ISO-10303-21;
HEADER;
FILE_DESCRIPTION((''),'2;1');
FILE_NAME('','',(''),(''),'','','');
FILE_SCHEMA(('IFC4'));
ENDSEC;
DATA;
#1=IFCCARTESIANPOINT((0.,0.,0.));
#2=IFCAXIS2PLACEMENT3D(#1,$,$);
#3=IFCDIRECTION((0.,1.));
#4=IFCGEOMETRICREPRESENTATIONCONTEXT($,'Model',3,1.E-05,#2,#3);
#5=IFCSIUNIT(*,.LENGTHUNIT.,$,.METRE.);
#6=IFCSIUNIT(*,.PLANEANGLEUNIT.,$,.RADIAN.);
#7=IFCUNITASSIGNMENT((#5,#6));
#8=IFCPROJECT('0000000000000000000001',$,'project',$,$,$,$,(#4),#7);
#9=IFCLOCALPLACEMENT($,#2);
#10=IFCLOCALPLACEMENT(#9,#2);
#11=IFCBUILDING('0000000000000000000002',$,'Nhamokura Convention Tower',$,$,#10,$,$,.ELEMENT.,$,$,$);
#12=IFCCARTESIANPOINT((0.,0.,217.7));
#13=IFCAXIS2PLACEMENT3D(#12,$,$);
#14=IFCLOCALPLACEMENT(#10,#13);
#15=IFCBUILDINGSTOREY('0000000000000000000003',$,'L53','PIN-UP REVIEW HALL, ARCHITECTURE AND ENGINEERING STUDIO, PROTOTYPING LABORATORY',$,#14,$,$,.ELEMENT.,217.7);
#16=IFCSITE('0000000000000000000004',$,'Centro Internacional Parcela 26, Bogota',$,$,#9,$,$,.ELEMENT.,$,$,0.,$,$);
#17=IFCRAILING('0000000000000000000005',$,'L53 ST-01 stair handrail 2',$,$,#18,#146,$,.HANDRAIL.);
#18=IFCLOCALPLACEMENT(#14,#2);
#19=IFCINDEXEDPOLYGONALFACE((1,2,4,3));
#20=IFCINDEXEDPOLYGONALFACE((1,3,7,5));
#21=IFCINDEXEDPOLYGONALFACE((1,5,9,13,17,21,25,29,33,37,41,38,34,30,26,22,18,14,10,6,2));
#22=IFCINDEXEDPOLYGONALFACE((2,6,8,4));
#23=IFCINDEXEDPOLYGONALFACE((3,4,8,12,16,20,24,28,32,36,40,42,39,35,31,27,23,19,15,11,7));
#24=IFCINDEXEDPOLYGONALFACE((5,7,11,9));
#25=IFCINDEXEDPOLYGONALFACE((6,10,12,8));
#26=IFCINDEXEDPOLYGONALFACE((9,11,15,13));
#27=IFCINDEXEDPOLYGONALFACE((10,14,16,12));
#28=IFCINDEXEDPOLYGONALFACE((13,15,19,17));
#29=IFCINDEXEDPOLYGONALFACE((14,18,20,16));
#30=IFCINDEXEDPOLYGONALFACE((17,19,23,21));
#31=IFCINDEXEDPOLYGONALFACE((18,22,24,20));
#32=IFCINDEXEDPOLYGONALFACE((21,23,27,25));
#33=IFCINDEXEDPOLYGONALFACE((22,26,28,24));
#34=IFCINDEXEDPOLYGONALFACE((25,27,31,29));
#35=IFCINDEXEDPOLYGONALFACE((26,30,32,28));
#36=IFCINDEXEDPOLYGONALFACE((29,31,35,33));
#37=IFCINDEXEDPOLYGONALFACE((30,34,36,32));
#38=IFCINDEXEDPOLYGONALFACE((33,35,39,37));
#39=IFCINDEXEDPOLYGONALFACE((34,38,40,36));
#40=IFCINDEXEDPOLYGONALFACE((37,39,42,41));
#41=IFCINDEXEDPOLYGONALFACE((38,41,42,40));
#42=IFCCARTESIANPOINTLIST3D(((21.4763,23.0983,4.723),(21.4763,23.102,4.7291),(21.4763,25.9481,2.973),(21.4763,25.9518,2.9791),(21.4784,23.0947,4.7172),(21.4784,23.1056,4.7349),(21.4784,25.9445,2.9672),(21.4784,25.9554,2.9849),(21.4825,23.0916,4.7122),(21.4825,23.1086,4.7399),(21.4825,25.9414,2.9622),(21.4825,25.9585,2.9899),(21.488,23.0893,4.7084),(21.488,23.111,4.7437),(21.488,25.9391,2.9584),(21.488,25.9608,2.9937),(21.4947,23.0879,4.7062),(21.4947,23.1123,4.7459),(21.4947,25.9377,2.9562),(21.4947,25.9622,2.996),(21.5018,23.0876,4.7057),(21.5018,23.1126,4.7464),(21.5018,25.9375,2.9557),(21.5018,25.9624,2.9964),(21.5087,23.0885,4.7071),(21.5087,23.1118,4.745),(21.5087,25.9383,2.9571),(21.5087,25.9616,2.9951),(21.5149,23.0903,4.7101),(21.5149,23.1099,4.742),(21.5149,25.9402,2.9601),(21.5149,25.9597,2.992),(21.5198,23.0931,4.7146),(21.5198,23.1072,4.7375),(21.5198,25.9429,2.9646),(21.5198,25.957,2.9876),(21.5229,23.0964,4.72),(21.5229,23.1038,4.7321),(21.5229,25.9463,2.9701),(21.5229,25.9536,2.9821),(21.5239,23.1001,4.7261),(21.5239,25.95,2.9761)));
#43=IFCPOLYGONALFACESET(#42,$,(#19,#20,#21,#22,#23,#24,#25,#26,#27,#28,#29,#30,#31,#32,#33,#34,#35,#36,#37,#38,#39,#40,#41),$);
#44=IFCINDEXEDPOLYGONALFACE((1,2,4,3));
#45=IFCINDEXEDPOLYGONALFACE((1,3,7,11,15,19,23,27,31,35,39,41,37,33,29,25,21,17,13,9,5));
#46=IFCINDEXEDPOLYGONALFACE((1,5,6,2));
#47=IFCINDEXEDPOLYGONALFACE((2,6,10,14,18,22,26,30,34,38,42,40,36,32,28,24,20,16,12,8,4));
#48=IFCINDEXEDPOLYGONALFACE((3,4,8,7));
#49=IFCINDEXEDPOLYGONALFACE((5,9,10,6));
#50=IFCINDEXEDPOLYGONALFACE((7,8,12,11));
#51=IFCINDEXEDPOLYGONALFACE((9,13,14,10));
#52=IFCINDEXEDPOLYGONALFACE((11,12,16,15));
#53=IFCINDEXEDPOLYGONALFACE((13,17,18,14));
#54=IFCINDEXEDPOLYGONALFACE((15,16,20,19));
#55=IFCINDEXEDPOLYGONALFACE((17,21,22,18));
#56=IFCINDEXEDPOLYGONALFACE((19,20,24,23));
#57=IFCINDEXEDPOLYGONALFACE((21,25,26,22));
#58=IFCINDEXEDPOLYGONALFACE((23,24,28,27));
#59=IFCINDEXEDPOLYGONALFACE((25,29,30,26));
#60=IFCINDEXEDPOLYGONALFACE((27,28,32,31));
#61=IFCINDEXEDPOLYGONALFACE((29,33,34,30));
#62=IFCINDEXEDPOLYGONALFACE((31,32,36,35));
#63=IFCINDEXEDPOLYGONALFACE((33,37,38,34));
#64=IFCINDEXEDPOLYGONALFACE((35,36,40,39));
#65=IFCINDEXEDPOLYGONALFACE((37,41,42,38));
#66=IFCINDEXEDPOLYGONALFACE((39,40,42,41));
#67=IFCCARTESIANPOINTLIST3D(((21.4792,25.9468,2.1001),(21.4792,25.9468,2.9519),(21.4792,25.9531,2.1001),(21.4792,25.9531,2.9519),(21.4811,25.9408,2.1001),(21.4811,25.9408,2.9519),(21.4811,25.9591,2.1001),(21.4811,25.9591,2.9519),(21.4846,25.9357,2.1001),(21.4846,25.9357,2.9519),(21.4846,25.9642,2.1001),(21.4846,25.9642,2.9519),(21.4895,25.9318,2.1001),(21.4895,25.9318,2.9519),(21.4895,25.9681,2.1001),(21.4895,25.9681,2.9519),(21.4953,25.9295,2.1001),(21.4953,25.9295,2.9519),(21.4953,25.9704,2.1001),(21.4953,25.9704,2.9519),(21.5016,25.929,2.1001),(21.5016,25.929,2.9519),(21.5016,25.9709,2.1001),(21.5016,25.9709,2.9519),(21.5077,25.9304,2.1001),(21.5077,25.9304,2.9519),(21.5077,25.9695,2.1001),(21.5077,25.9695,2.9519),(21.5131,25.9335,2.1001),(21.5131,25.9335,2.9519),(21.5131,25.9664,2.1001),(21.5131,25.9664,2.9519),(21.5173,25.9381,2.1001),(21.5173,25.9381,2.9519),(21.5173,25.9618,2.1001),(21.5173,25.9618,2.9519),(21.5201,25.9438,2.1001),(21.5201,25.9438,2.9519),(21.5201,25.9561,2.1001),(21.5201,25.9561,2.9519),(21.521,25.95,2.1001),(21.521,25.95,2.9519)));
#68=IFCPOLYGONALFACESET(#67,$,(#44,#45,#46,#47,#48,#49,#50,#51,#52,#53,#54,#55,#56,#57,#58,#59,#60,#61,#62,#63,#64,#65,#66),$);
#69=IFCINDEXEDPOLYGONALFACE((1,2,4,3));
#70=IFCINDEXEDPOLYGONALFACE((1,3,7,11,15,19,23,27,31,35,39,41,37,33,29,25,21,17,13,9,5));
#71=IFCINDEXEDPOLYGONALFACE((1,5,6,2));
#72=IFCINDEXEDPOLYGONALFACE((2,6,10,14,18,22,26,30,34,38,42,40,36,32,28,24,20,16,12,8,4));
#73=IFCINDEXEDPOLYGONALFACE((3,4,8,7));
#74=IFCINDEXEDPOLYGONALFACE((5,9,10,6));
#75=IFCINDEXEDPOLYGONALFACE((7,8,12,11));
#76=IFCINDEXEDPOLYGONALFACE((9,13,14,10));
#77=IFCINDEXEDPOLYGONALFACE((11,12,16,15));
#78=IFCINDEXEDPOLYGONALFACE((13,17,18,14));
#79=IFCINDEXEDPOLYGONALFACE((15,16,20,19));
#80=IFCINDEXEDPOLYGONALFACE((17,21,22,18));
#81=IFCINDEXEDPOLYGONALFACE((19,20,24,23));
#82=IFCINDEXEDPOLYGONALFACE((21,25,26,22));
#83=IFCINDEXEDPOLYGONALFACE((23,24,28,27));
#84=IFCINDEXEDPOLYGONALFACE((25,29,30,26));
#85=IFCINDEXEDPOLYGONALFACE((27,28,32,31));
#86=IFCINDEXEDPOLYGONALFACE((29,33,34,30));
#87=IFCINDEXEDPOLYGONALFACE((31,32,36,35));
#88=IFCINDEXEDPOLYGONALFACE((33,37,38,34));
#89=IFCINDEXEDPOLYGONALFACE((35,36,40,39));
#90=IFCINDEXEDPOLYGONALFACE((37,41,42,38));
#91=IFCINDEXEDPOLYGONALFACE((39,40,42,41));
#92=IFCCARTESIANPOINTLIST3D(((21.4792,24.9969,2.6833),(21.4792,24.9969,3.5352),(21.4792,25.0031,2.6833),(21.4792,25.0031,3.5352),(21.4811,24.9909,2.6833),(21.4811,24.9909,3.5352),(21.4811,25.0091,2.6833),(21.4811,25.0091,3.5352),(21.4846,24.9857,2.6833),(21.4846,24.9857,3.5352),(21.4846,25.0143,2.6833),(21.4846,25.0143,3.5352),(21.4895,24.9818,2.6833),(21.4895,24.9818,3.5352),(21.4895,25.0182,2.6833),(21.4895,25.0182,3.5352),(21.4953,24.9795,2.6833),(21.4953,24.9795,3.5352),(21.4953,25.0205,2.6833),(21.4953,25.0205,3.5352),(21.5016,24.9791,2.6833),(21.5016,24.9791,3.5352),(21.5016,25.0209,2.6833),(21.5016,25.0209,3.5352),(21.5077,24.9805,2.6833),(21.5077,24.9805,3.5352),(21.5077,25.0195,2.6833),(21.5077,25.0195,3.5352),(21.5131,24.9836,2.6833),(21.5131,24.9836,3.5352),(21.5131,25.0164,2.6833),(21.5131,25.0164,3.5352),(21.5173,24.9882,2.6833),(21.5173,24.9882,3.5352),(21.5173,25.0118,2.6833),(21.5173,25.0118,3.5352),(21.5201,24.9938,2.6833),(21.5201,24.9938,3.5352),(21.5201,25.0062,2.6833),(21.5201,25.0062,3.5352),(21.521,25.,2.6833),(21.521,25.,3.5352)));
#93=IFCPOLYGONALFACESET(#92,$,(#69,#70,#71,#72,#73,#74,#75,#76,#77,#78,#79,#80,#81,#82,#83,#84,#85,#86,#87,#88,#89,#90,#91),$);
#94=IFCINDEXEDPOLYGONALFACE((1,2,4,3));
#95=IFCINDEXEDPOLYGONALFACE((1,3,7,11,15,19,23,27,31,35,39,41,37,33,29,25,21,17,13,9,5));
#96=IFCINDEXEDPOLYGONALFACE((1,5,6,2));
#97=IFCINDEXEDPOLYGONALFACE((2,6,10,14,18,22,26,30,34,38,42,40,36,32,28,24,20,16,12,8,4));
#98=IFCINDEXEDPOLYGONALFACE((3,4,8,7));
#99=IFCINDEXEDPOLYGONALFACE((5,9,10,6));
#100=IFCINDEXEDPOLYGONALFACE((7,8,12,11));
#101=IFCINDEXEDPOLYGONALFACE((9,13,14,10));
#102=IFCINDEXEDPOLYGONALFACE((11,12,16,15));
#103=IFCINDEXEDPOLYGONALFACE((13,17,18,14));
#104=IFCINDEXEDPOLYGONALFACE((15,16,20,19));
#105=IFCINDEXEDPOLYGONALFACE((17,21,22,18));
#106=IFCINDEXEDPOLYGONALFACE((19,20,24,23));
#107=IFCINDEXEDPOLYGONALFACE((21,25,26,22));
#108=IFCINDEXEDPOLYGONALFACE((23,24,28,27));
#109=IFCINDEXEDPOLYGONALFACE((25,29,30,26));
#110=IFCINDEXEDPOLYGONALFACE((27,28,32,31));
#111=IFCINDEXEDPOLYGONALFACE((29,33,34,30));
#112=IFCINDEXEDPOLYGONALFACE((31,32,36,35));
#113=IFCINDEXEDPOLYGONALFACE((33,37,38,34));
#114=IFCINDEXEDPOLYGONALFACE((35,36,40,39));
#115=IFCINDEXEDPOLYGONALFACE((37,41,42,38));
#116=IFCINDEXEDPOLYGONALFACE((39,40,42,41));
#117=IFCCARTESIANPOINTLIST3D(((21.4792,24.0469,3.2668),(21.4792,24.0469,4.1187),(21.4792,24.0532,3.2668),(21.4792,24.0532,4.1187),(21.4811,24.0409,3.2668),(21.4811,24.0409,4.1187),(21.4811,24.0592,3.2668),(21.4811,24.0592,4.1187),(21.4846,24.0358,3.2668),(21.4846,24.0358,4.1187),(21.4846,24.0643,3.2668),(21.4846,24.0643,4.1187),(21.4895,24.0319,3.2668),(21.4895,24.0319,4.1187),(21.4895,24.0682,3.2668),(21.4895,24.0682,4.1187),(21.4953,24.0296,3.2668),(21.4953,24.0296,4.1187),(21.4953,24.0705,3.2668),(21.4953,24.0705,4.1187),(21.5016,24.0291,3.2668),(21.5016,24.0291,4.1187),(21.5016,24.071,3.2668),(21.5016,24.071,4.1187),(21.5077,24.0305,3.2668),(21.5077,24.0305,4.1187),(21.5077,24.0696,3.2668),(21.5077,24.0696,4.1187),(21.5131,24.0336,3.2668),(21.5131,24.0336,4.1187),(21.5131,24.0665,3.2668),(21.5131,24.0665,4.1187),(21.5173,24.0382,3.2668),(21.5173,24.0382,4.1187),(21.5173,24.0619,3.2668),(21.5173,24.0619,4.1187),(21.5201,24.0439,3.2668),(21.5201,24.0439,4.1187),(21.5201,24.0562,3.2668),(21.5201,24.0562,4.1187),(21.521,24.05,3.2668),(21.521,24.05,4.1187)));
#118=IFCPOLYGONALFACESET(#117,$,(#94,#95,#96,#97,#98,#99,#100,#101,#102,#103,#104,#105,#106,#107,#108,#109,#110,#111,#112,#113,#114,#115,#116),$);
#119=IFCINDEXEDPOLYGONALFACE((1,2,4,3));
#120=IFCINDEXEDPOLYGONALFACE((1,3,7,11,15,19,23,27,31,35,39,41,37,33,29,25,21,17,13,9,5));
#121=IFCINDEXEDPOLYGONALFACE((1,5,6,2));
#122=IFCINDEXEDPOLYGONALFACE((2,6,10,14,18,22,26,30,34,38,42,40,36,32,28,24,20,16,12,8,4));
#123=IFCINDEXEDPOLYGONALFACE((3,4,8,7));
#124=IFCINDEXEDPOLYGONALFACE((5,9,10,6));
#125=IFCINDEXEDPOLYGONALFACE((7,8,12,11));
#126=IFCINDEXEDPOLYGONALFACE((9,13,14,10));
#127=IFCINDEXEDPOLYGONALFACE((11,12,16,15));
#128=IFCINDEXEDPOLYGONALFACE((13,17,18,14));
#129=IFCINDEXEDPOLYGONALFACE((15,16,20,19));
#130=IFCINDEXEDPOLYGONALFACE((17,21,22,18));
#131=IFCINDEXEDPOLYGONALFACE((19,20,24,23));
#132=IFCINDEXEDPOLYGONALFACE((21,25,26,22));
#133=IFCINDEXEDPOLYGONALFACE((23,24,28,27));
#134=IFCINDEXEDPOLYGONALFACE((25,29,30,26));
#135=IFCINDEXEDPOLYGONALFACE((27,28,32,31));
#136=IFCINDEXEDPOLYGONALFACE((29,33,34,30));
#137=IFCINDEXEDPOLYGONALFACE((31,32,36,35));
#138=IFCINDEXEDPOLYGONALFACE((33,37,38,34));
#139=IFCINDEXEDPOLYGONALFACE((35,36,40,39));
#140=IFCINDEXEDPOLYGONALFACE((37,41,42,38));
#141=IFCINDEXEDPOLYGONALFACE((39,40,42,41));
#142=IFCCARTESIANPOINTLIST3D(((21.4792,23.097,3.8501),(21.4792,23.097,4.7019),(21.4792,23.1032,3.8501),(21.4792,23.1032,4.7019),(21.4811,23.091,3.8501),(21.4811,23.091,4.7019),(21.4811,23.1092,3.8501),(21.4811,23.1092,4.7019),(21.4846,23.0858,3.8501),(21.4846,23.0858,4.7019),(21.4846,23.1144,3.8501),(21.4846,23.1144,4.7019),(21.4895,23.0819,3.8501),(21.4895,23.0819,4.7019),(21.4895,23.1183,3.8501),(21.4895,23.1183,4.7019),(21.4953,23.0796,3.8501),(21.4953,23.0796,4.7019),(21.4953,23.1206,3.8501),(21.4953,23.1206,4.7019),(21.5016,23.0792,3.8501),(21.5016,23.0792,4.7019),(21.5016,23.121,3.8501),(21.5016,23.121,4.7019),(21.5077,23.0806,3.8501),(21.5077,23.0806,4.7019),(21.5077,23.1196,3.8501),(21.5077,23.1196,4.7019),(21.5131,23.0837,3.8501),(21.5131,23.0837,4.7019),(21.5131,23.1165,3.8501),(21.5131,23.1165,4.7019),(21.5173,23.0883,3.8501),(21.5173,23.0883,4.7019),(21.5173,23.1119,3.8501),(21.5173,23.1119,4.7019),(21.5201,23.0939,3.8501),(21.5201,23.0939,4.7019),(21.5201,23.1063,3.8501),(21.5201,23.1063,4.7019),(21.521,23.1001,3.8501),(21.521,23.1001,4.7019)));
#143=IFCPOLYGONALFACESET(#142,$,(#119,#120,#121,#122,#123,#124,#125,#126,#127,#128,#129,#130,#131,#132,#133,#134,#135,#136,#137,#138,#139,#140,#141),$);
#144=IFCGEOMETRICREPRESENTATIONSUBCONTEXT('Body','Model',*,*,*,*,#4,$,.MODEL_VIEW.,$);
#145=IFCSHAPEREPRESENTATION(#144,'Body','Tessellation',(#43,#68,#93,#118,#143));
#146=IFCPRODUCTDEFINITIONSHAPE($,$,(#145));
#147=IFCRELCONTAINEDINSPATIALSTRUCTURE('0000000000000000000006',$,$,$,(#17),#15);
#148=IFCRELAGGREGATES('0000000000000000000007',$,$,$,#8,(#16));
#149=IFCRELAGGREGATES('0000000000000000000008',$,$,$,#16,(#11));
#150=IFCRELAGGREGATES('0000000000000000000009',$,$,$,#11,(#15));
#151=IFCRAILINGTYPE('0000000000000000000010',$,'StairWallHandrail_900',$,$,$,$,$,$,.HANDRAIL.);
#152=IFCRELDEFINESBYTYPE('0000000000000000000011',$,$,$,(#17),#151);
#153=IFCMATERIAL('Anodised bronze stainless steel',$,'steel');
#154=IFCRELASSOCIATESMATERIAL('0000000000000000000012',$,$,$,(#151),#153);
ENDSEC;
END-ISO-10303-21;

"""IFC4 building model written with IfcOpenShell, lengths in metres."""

from ifc_helpers import new_model, si_unit, direction, frame, origin, origin_2d, place, context, subcontext, project, spatial, circle, extrude, material, type_object, element, save


model = new_model("IFC4")

# Units and contexts
model_context = context("Model", 3, precision=1e-05, world=origin(), true_north=direction((0.0, 1.0)))
body_context = subcontext(model_context, "Body", "Model", "MODEL_VIEW")
ifc_project = project(units=[si_unit("LENGTHUNIT", "METRE"), si_unit("PLANEANGLEUNIT", "RADIAN")], contexts=[model_context])

# Site, building, storey
site_placement = place(None, origin())
site = spatial("IfcSite", under=ifc_project, at=site_placement, Name="Centro Internacional Parcela 26, Bogota", CompositionType="ELEMENT", RefElevation=0.0)
building_placement = place(site_placement, origin())
building = spatial("IfcBuilding", under=site, at=building_placement, Name="Nhamokura Convention Tower", CompositionType="ELEMENT")
storey_placement = place(building_placement, frame((0.0, 0.0, 217.7)))
storey = spatial("IfcBuildingStorey", under=building, at=storey_placement, Name="L53", Description="PIN-UP REVIEW HALL, ARCHITECTURE AND ENGINEERING STUDIO, PROTOTYPING LABORATORY", CompositionType="ELEMENT", Elevation=217.7)

# Railing
ifc_material_1 = material(Name="Anodised bronze stainless steel", Category="steel")
railing_type_1 = type_object("IfcRailingType", Name="StairWallHandrail_900", PredefinedType="HANDRAIL", material=ifc_material_1)
railing_1_placement = place(storey_placement, frame((21.5, 25.95, 2.1001)))
element("IfcRailing", 1, at=railing_1_placement, inside=storey, type_object=railing_type_1, Name="L53 ST-01 stair handrail 2", PredefinedType="HANDRAIL", context=body_context, shape_type="SweptSolid", body=[
    extrude(circle(Radius=0.0239, at=origin_2d()), frame((0.0, 0.0, 0.876), z_axis=(0.0, -0.852159, 0.523283), x_axis=(1.0, 0.0, 0.0)), (0.0, 0.0, 1.0), 3.3442),
    extrude(circle(Radius=0.021, at=origin_2d()), origin(), (0.0, 0.0, 1.0), 0.8518),
    extrude(circle(Radius=0.021, at=origin_2d()), frame((0.0, -0.95, 0.5833)), (0.0, 0.0, 1.0), 0.8518),
    extrude(circle(Radius=0.021, at=origin_2d()), frame((0.0, -1.8999, 1.1667)), (0.0, 0.0, 1.0), 0.8518),
    extrude(circle(Radius=0.021, at=origin_2d()), frame((0.0, -2.8499, 1.75)), (0.0, 0.0, 1.0), 0.8518),
])

save(model, "model.ifc")
